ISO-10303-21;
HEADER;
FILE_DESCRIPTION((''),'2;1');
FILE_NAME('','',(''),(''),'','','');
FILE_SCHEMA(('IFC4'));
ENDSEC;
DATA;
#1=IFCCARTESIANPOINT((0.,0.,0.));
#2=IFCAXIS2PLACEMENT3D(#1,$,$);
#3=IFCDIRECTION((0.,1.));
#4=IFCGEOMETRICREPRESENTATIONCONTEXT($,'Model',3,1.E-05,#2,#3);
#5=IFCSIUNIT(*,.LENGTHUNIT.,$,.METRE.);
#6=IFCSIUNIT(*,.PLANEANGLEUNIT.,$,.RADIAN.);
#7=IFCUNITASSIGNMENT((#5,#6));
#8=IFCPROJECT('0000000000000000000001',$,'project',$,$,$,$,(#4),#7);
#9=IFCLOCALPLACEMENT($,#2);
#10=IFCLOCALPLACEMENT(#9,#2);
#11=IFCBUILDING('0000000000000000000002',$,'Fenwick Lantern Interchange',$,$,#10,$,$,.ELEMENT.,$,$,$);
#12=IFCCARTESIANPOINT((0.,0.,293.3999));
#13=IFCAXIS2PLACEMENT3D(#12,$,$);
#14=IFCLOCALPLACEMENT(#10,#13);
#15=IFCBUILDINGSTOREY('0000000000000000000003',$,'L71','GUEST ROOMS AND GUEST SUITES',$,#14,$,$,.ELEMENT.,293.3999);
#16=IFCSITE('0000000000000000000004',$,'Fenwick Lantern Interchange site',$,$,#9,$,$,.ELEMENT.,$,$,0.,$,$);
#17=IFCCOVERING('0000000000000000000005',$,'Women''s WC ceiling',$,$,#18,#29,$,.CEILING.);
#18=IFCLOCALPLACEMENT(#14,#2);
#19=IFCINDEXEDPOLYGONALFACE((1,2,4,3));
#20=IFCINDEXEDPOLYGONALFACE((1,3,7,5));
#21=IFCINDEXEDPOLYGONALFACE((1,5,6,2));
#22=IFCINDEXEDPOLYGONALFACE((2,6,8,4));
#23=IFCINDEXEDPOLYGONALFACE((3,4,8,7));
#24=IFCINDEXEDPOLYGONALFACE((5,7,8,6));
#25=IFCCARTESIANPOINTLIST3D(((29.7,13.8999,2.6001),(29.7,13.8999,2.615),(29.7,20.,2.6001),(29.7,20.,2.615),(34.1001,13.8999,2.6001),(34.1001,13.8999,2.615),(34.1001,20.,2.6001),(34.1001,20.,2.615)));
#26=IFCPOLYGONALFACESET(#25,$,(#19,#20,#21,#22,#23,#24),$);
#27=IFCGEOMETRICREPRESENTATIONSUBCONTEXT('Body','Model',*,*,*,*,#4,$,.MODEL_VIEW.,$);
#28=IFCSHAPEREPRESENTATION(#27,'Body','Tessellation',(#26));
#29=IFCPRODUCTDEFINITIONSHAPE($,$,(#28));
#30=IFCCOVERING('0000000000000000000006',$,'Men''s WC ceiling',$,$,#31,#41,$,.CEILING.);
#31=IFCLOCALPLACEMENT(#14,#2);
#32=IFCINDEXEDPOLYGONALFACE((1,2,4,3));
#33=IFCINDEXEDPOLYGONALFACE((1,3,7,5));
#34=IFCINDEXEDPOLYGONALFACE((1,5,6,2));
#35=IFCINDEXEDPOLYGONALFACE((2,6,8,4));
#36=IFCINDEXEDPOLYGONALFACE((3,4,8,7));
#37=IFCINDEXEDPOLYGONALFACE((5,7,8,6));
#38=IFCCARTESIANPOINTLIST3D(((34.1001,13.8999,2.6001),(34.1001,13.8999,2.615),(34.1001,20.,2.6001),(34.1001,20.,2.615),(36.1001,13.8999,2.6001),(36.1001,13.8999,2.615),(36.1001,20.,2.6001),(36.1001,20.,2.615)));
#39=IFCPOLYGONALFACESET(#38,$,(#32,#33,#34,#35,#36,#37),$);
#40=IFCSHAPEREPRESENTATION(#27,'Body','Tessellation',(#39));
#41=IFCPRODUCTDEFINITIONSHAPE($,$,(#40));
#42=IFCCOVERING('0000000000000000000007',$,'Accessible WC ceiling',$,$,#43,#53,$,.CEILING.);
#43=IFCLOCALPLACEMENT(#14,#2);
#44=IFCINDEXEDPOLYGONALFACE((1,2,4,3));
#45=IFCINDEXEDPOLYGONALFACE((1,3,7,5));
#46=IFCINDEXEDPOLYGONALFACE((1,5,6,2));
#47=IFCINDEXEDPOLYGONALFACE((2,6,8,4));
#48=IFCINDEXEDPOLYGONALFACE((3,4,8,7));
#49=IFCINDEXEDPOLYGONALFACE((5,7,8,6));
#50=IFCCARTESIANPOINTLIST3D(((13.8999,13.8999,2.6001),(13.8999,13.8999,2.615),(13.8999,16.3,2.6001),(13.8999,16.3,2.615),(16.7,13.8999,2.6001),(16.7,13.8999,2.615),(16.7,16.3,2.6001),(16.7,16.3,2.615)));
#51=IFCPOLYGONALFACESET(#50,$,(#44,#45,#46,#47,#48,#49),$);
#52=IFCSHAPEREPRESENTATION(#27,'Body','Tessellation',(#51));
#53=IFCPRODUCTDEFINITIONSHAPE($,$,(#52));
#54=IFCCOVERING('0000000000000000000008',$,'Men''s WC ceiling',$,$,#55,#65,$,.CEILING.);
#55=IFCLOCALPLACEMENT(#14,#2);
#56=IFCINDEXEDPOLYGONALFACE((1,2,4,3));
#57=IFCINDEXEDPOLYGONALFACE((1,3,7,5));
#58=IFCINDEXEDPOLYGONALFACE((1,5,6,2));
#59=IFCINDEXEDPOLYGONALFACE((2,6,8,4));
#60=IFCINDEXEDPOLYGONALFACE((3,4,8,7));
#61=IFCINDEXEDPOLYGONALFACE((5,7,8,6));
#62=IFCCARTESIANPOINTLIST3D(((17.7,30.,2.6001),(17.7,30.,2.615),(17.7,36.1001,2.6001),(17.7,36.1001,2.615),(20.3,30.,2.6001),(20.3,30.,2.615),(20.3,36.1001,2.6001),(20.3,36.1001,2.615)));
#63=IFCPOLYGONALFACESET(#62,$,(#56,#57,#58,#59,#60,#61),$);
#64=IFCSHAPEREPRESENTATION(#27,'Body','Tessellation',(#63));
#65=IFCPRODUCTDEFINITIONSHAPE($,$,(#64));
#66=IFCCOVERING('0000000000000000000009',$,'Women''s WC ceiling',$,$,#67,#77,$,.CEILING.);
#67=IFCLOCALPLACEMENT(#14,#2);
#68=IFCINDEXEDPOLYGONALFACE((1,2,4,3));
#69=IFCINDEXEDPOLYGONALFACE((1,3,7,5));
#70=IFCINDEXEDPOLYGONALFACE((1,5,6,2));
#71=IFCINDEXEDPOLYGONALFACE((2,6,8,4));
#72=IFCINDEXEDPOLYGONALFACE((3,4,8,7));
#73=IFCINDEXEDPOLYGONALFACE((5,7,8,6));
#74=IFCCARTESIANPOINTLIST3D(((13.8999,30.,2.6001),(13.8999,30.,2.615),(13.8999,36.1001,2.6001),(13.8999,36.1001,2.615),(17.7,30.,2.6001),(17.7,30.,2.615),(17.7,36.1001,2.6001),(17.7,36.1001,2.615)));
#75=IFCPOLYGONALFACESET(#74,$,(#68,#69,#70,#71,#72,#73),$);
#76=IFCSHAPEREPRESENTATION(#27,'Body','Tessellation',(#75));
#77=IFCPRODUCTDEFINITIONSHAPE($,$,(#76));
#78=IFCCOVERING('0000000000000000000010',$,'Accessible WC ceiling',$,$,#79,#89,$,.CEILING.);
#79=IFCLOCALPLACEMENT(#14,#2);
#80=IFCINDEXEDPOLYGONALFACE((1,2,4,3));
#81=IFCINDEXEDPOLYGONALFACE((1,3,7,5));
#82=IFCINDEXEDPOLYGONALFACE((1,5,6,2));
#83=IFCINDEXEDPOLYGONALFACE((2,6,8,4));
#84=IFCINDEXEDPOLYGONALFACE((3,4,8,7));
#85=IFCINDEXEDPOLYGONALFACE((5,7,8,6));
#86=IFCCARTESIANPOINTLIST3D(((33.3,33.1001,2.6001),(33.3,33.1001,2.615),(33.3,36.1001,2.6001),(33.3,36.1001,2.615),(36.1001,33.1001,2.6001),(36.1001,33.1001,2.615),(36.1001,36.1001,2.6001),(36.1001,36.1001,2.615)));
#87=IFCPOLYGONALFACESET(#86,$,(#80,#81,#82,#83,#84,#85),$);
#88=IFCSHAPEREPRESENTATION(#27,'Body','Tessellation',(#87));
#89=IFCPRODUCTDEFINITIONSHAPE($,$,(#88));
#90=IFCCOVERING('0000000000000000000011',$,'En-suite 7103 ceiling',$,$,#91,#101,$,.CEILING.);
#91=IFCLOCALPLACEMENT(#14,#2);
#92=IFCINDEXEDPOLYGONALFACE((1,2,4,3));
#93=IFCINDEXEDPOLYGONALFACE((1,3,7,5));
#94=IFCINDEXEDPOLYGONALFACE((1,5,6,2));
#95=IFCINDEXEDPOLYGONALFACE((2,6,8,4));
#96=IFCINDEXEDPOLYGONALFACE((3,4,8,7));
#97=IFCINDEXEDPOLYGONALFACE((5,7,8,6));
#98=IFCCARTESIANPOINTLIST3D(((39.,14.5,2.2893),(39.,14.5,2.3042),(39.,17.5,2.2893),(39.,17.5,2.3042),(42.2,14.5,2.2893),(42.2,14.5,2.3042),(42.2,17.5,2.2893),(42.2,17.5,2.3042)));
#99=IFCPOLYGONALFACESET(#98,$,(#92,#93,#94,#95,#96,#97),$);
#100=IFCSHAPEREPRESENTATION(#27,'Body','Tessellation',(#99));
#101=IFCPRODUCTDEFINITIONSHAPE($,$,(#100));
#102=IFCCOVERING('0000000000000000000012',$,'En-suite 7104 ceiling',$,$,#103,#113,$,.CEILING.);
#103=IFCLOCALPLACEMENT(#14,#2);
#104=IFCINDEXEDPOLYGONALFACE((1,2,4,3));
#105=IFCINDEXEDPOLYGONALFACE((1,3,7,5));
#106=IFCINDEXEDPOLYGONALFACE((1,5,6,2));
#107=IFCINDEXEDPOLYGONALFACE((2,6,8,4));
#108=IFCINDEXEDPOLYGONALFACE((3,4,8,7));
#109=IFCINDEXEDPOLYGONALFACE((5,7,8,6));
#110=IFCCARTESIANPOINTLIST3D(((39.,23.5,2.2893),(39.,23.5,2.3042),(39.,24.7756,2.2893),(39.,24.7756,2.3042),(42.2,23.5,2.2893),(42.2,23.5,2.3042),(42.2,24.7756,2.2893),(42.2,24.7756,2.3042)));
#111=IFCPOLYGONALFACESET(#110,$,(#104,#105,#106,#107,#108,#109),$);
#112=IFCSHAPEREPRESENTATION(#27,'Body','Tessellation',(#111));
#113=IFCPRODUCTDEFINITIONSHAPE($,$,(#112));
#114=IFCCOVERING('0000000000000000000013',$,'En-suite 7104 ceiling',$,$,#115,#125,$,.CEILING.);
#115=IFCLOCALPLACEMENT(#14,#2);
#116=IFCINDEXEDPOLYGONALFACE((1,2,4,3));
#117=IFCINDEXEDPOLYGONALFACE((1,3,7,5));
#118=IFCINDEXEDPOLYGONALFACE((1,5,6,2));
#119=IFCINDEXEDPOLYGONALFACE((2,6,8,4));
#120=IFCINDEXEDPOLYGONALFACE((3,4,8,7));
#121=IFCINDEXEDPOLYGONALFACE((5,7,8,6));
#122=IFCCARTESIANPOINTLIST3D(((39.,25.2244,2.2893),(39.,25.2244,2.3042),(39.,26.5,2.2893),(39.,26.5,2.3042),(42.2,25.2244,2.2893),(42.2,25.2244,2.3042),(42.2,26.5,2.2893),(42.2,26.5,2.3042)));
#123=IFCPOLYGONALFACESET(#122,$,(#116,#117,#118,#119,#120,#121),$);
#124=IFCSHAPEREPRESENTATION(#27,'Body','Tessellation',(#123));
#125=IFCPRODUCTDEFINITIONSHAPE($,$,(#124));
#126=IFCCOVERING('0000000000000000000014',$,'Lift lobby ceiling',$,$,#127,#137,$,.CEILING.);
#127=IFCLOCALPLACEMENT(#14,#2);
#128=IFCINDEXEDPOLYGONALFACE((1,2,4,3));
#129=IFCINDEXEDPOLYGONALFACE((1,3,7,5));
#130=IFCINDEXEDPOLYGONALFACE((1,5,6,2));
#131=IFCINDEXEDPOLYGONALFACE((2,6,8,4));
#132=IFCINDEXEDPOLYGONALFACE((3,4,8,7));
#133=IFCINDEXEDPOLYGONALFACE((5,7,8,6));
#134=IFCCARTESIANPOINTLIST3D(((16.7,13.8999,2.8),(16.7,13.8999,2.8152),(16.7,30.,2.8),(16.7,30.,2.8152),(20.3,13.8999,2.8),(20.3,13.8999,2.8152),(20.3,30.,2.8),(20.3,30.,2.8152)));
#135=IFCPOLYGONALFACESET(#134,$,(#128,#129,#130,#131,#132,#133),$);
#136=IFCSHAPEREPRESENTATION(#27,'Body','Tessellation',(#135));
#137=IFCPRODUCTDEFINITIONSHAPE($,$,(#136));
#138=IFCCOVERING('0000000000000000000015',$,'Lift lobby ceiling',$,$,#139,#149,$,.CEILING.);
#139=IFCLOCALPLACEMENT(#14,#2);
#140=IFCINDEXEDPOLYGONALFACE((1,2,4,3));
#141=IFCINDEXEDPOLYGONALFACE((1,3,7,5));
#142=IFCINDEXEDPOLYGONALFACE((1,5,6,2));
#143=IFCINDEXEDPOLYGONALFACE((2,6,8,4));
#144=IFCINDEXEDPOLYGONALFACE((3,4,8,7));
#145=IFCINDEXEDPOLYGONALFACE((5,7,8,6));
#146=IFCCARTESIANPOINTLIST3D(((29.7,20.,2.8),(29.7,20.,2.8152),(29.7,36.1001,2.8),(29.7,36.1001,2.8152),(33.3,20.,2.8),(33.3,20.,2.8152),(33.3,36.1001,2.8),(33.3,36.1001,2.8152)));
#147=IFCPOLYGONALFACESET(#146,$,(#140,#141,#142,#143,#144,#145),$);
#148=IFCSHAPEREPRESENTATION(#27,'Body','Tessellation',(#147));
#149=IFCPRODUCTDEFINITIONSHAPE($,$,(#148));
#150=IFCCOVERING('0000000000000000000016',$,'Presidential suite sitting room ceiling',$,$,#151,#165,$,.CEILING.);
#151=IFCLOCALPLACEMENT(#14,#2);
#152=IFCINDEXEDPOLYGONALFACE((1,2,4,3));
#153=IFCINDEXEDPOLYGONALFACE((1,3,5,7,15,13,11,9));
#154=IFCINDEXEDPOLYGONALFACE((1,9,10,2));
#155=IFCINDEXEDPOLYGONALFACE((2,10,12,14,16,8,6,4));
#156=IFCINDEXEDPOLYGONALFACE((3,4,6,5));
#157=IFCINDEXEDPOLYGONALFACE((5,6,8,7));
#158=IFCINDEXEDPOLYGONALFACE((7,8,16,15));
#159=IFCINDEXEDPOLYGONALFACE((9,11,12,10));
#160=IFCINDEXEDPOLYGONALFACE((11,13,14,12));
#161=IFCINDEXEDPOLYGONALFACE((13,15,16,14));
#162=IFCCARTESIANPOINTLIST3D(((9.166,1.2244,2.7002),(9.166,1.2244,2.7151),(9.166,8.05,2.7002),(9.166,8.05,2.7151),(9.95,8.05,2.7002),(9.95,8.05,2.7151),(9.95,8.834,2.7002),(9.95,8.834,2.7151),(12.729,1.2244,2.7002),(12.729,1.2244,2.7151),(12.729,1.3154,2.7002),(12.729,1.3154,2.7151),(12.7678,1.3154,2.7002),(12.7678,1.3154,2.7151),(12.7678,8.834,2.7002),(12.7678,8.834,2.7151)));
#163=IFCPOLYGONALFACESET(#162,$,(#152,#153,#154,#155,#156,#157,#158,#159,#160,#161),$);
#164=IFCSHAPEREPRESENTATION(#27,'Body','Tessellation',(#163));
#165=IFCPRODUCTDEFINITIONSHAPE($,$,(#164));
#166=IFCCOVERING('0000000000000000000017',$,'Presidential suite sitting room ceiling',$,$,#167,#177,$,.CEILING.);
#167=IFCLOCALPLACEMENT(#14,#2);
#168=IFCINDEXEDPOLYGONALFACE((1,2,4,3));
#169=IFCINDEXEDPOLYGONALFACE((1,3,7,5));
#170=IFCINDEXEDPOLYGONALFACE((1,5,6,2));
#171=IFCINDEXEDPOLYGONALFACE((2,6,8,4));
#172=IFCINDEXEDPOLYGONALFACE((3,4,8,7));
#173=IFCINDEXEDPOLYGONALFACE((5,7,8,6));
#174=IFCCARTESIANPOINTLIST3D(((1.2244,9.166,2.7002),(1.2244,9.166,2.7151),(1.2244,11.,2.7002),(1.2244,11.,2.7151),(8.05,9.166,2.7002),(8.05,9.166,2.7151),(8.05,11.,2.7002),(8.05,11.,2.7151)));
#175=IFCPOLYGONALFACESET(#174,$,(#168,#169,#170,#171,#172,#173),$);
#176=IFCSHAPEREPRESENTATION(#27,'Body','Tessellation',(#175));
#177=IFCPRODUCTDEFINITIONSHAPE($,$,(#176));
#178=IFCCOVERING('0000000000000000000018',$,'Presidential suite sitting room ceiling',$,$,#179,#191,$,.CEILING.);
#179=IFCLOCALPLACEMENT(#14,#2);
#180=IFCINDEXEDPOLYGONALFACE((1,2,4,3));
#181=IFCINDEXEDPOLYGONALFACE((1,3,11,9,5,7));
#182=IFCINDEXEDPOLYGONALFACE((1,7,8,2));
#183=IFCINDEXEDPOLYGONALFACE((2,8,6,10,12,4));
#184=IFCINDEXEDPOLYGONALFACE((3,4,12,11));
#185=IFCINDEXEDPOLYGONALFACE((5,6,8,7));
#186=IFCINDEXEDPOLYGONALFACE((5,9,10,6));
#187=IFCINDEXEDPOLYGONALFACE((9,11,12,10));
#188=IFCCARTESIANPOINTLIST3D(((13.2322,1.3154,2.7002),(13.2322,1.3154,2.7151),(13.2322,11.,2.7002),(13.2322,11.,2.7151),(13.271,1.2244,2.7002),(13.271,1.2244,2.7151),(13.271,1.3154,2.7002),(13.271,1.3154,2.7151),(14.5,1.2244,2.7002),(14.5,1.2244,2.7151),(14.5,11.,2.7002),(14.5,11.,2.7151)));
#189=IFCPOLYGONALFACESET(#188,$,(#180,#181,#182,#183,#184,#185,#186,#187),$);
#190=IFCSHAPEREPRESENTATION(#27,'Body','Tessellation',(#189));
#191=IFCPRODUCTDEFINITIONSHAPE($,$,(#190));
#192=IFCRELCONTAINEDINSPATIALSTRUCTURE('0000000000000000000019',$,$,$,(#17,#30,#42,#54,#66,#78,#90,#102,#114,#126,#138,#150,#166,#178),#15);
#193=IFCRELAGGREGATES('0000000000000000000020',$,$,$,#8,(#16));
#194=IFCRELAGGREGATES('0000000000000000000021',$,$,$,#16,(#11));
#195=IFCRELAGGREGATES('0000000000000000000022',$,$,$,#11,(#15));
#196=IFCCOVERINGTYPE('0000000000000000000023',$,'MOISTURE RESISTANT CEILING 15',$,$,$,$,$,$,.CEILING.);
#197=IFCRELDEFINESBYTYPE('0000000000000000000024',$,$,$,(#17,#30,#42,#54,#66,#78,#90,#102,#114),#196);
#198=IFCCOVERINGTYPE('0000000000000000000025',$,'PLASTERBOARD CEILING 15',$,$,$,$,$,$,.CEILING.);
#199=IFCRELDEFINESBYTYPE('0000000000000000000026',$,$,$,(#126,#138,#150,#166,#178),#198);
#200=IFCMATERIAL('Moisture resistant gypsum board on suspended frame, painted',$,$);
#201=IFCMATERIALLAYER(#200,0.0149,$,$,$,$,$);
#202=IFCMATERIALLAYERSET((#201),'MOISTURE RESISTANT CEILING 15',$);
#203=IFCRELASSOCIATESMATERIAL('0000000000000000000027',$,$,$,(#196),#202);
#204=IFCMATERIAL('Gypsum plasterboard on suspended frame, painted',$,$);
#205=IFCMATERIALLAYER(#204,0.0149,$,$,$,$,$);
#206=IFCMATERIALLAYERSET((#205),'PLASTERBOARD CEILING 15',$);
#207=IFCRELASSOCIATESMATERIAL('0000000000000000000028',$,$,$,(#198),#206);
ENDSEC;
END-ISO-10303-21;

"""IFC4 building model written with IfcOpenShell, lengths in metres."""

from ifc_helpers import new_model, si_unit, direction, frame, origin, place, context, subcontext, project, spatial, polyline, outline, extrude, material, layer, layer_set, type_object, element, save


model = new_model("IFC4")

# Units and contexts
model_context = context("Model", 3, precision=1e-05, world=origin(), true_north=direction((0.0, 1.0)))
body_context = subcontext(model_context, "Body", "Model", "MODEL_VIEW")
ifc_project = project(units=[si_unit("LENGTHUNIT", "METRE"), si_unit("PLANEANGLEUNIT", "RADIAN")], contexts=[model_context])

# Site, building, storey
site_placement = place(None, origin())
site = spatial("IfcSite", under=ifc_project, at=site_placement, Name="Fenwick Lantern Interchange site", CompositionType="ELEMENT", RefElevation=0.0)
building_placement = place(site_placement, origin())
building = spatial("IfcBuilding", under=site, at=building_placement, Name="Fenwick Lantern Interchange", CompositionType="ELEMENT")
storey_placement = place(building_placement, frame((0.0, 0.0, 293.3999)))
storey = spatial("IfcBuildingStorey", under=building, at=storey_placement, Name="L71", Description="GUEST ROOMS AND GUEST SUITES", CompositionType="ELEMENT", Elevation=293.3999)

# Coverings
ifc_material_1 = material(Name="Moisture resistant gypsum board on suspended frame, painted")
ifc_layer_1 = layer(ifc_material_1, 0.0149)
ifc_layer_set_1 = layer_set([ifc_layer_1], Name="MOISTURE RESISTANT CEILING 15")
covering_type_1 = type_object("IfcCoveringType", Name="MOISTURE RESISTANT CEILING 15", PredefinedType="CEILING", material=ifc_layer_set_1)
covering_1_placement = place(storey_placement, frame((0.0, 0.0, 2.6001)))
element("IfcCovering", 1, at=covering_1_placement, inside=storey, type_object=covering_type_1, Name="Women's WC ceiling", PredefinedType="CEILING", context=body_context, shape_type="SweptSolid", body=[
    extrude(outline(polyline([(29.7, 13.8999), (34.1001, 13.8999), (34.1001, 20.0), (29.7, 20.0), (29.7, 13.8999)])), origin(), (0.0, 0.0, 1.0), 0.0149),
])
covering_2_placement = place(storey_placement, frame((0.0, 0.0, 2.6001)))
element("IfcCovering", 2, at=covering_2_placement, inside=storey, type_object=covering_type_1, Name="Men's WC ceiling", PredefinedType="CEILING", context=body_context, shape_type="SweptSolid", body=[
    extrude(outline(polyline([(34.1001, 13.8999), (36.1001, 13.8999), (36.1001, 20.0), (34.1001, 20.0), (34.1001, 13.8999)])), origin(), (0.0, 0.0, 1.0), 0.0149),
])
covering_3_placement = place(storey_placement, frame((0.0, 0.0, 2.6001)))
element("IfcCovering", 3, at=covering_3_placement, inside=storey, type_object=covering_type_1, Name="Accessible WC ceiling", PredefinedType="CEILING", context=body_context, shape_type="SweptSolid", body=[
    extrude(outline(polyline([(13.8999, 13.8999), (16.7, 13.8999), (16.7, 16.3), (13.8999, 16.3), (13.8999, 13.8999)])), origin(), (0.0, 0.0, 1.0), 0.0149),
])
covering_4_placement = place(storey_placement, frame((0.0, 0.0, 2.6001)))
element("IfcCovering", 4, at=covering_4_placement, inside=storey, type_object=covering_type_1, Name="Men's WC ceiling", PredefinedType="CEILING", context=body_context, shape_type="SweptSolid", body=[
    extrude(outline(polyline([(20.3, 36.1001), (17.7, 36.1001), (17.7, 30.0), (20.3, 30.0), (20.3, 36.1001)])), origin(), (0.0, 0.0, 1.0), 0.0149),
])
covering_5_placement = place(storey_placement, frame((0.0, 0.0, 2.6001)))
element("IfcCovering", 5, at=covering_5_placement, inside=storey, type_object=covering_type_1, Name="Women's WC ceiling", PredefinedType="CEILING", context=body_context, shape_type="SweptSolid", body=[
    extrude(outline(polyline([(17.7, 36.1001), (13.8999, 36.1001), (13.8999, 30.0), (17.7, 30.0), (17.7, 36.1001)])), origin(), (0.0, 0.0, 1.0), 0.0149),
])
covering_6_placement = place(storey_placement, frame((0.0, 0.0, 2.6001)))
element("IfcCovering", 6, at=covering_6_placement, inside=storey, type_object=covering_type_1, Name="Accessible WC ceiling", PredefinedType="CEILING", context=body_context, shape_type="SweptSolid", body=[
    extrude(outline(polyline([(36.1001, 36.1001), (33.3, 36.1001), (33.3, 33.1001), (36.1001, 33.1001), (36.1001, 36.1001)])), origin(), (0.0, 0.0, 1.0), 0.0149),
])
covering_7_placement = place(storey_placement, frame((0.0, 0.0, 2.2893)))
element("IfcCovering", 7, at=covering_7_placement, inside=storey, type_object=covering_type_1, Name="En-suite 7103 ceiling", PredefinedType="CEILING", context=body_context, shape_type="SweptSolid", body=[
    extrude(outline(polyline([(42.2, 14.5), (42.2, 17.5), (39.0, 17.5), (39.0, 14.5), (42.2, 14.5)])), origin(), (0.0, 0.0, 1.0), 0.0149),
])
covering_8_placement = place(storey_placement, frame((0.0, 0.0, 2.2893)))
element("IfcCovering", 8, at=covering_8_placement, inside=storey, type_object=covering_type_1, Name="En-suite 7104 ceiling", PredefinedType="CEILING", context=body_context, shape_type="SweptSolid", body=[
    extrude(outline(polyline([(42.2, 23.5), (42.2, 24.7756), (39.0, 24.7756), (39.0, 23.5), (42.2, 23.5)])), origin(), (0.0, 0.0, 1.0), 0.0149),
])
covering_9_placement = place(storey_placement, frame((0.0, 0.0, 2.2893)))
element("IfcCovering", 9, at=covering_9_placement, inside=storey, type_object=covering_type_1, Name="En-suite 7104 ceiling", PredefinedType="CEILING", context=body_context, shape_type="SweptSolid", body=[
    extrude(outline(polyline([(39.0, 26.5), (39.0, 25.2244), (42.2, 25.2244), (42.2, 26.5), (39.0, 26.5)])), origin(), (0.0, 0.0, 1.0), 0.0149),
])
ifc_material_2 = material(Name="Gypsum plasterboard on suspended frame, painted")
ifc_layer_2 = layer(ifc_material_2, 0.0149)
ifc_layer_set_2 = layer_set([ifc_layer_2], Name="PLASTERBOARD CEILING 15")
covering_type_2 = type_object("IfcCoveringType", Name="PLASTERBOARD CEILING 15", PredefinedType="CEILING", material=ifc_layer_set_2)
covering_10_placement = place(storey_placement, frame((0.0, 0.0, 2.8)))
element("IfcCovering", 10, at=covering_10_placement, inside=storey, type_object=covering_type_2, Name="Lift lobby ceiling", PredefinedType="CEILING", context=body_context, shape_type="SweptSolid", body=[
    extrude(outline(polyline([(16.7, 13.8999), (20.3, 13.8999), (20.3, 30.0), (16.7, 30.0), (16.7, 13.8999)])), origin(), (0.0, 0.0, 1.0), 0.0151),
])
covering_11_placement = place(storey_placement, frame((0.0, 0.0, 2.8)))
element("IfcCovering", 11, at=covering_11_placement, inside=storey, type_object=covering_type_2, Name="Lift lobby ceiling", PredefinedType="CEILING", context=body_context, shape_type="SweptSolid", body=[
    extrude(outline(polyline([(33.3, 36.1001), (29.7, 36.1001), (29.7, 20.0), (33.3, 20.0), (33.3, 36.1001)])), origin(), (0.0, 0.0, 1.0), 0.0151),
])
covering_12_placement = place(storey_placement, frame((0.0, 0.0, 2.7002)))
element("IfcCovering", 12, at=covering_12_placement, inside=storey, type_object=covering_type_2, Name="Presidential suite sitting room ceiling", PredefinedType="CEILING", context=body_context, shape_type="SweptSolid", body=[
    extrude(outline(polyline([(9.95, 8.05), (9.166, 8.05), (9.166, 1.2244), (12.729, 1.2244), (12.729, 1.3154), (12.7678, 1.3154), (12.7678, 8.834), (9.95, 8.834), (9.95, 8.05)])), origin(), (0.0, 0.0, 1.0), 0.0149),
])
covering_13_placement = place(storey_placement, frame((0.0, 0.0, 2.7002)))
element("IfcCovering", 13, at=covering_13_placement, inside=storey, type_object=covering_type_2, Name="Presidential suite sitting room ceiling", PredefinedType="CEILING", context=body_context, shape_type="SweptSolid", body=[
    extrude(outline(polyline([(8.05, 9.166), (8.05, 11.0), (1.2244, 11.0), (1.2244, 9.166), (8.05, 9.166)])), origin(), (0.0, 0.0, 1.0), 0.0149),
])
covering_14_placement = place(storey_placement, frame((0.0, 0.0, 2.7002)))
element("IfcCovering", 14, at=covering_14_placement, inside=storey, type_object=covering_type_2, Name="Presidential suite sitting room ceiling", PredefinedType="CEILING", context=body_context, shape_type="SweptSolid", body=[
    extrude(outline(polyline([(14.5, 11.0), (13.2322, 11.0), (13.2322, 1.3154), (13.271, 1.3154), (13.271, 1.2244), (14.5, 1.2244), (14.5, 11.0)])), origin(), (0.0, 0.0, 1.0), 0.0149),
])

save(model, "model.ifc")
